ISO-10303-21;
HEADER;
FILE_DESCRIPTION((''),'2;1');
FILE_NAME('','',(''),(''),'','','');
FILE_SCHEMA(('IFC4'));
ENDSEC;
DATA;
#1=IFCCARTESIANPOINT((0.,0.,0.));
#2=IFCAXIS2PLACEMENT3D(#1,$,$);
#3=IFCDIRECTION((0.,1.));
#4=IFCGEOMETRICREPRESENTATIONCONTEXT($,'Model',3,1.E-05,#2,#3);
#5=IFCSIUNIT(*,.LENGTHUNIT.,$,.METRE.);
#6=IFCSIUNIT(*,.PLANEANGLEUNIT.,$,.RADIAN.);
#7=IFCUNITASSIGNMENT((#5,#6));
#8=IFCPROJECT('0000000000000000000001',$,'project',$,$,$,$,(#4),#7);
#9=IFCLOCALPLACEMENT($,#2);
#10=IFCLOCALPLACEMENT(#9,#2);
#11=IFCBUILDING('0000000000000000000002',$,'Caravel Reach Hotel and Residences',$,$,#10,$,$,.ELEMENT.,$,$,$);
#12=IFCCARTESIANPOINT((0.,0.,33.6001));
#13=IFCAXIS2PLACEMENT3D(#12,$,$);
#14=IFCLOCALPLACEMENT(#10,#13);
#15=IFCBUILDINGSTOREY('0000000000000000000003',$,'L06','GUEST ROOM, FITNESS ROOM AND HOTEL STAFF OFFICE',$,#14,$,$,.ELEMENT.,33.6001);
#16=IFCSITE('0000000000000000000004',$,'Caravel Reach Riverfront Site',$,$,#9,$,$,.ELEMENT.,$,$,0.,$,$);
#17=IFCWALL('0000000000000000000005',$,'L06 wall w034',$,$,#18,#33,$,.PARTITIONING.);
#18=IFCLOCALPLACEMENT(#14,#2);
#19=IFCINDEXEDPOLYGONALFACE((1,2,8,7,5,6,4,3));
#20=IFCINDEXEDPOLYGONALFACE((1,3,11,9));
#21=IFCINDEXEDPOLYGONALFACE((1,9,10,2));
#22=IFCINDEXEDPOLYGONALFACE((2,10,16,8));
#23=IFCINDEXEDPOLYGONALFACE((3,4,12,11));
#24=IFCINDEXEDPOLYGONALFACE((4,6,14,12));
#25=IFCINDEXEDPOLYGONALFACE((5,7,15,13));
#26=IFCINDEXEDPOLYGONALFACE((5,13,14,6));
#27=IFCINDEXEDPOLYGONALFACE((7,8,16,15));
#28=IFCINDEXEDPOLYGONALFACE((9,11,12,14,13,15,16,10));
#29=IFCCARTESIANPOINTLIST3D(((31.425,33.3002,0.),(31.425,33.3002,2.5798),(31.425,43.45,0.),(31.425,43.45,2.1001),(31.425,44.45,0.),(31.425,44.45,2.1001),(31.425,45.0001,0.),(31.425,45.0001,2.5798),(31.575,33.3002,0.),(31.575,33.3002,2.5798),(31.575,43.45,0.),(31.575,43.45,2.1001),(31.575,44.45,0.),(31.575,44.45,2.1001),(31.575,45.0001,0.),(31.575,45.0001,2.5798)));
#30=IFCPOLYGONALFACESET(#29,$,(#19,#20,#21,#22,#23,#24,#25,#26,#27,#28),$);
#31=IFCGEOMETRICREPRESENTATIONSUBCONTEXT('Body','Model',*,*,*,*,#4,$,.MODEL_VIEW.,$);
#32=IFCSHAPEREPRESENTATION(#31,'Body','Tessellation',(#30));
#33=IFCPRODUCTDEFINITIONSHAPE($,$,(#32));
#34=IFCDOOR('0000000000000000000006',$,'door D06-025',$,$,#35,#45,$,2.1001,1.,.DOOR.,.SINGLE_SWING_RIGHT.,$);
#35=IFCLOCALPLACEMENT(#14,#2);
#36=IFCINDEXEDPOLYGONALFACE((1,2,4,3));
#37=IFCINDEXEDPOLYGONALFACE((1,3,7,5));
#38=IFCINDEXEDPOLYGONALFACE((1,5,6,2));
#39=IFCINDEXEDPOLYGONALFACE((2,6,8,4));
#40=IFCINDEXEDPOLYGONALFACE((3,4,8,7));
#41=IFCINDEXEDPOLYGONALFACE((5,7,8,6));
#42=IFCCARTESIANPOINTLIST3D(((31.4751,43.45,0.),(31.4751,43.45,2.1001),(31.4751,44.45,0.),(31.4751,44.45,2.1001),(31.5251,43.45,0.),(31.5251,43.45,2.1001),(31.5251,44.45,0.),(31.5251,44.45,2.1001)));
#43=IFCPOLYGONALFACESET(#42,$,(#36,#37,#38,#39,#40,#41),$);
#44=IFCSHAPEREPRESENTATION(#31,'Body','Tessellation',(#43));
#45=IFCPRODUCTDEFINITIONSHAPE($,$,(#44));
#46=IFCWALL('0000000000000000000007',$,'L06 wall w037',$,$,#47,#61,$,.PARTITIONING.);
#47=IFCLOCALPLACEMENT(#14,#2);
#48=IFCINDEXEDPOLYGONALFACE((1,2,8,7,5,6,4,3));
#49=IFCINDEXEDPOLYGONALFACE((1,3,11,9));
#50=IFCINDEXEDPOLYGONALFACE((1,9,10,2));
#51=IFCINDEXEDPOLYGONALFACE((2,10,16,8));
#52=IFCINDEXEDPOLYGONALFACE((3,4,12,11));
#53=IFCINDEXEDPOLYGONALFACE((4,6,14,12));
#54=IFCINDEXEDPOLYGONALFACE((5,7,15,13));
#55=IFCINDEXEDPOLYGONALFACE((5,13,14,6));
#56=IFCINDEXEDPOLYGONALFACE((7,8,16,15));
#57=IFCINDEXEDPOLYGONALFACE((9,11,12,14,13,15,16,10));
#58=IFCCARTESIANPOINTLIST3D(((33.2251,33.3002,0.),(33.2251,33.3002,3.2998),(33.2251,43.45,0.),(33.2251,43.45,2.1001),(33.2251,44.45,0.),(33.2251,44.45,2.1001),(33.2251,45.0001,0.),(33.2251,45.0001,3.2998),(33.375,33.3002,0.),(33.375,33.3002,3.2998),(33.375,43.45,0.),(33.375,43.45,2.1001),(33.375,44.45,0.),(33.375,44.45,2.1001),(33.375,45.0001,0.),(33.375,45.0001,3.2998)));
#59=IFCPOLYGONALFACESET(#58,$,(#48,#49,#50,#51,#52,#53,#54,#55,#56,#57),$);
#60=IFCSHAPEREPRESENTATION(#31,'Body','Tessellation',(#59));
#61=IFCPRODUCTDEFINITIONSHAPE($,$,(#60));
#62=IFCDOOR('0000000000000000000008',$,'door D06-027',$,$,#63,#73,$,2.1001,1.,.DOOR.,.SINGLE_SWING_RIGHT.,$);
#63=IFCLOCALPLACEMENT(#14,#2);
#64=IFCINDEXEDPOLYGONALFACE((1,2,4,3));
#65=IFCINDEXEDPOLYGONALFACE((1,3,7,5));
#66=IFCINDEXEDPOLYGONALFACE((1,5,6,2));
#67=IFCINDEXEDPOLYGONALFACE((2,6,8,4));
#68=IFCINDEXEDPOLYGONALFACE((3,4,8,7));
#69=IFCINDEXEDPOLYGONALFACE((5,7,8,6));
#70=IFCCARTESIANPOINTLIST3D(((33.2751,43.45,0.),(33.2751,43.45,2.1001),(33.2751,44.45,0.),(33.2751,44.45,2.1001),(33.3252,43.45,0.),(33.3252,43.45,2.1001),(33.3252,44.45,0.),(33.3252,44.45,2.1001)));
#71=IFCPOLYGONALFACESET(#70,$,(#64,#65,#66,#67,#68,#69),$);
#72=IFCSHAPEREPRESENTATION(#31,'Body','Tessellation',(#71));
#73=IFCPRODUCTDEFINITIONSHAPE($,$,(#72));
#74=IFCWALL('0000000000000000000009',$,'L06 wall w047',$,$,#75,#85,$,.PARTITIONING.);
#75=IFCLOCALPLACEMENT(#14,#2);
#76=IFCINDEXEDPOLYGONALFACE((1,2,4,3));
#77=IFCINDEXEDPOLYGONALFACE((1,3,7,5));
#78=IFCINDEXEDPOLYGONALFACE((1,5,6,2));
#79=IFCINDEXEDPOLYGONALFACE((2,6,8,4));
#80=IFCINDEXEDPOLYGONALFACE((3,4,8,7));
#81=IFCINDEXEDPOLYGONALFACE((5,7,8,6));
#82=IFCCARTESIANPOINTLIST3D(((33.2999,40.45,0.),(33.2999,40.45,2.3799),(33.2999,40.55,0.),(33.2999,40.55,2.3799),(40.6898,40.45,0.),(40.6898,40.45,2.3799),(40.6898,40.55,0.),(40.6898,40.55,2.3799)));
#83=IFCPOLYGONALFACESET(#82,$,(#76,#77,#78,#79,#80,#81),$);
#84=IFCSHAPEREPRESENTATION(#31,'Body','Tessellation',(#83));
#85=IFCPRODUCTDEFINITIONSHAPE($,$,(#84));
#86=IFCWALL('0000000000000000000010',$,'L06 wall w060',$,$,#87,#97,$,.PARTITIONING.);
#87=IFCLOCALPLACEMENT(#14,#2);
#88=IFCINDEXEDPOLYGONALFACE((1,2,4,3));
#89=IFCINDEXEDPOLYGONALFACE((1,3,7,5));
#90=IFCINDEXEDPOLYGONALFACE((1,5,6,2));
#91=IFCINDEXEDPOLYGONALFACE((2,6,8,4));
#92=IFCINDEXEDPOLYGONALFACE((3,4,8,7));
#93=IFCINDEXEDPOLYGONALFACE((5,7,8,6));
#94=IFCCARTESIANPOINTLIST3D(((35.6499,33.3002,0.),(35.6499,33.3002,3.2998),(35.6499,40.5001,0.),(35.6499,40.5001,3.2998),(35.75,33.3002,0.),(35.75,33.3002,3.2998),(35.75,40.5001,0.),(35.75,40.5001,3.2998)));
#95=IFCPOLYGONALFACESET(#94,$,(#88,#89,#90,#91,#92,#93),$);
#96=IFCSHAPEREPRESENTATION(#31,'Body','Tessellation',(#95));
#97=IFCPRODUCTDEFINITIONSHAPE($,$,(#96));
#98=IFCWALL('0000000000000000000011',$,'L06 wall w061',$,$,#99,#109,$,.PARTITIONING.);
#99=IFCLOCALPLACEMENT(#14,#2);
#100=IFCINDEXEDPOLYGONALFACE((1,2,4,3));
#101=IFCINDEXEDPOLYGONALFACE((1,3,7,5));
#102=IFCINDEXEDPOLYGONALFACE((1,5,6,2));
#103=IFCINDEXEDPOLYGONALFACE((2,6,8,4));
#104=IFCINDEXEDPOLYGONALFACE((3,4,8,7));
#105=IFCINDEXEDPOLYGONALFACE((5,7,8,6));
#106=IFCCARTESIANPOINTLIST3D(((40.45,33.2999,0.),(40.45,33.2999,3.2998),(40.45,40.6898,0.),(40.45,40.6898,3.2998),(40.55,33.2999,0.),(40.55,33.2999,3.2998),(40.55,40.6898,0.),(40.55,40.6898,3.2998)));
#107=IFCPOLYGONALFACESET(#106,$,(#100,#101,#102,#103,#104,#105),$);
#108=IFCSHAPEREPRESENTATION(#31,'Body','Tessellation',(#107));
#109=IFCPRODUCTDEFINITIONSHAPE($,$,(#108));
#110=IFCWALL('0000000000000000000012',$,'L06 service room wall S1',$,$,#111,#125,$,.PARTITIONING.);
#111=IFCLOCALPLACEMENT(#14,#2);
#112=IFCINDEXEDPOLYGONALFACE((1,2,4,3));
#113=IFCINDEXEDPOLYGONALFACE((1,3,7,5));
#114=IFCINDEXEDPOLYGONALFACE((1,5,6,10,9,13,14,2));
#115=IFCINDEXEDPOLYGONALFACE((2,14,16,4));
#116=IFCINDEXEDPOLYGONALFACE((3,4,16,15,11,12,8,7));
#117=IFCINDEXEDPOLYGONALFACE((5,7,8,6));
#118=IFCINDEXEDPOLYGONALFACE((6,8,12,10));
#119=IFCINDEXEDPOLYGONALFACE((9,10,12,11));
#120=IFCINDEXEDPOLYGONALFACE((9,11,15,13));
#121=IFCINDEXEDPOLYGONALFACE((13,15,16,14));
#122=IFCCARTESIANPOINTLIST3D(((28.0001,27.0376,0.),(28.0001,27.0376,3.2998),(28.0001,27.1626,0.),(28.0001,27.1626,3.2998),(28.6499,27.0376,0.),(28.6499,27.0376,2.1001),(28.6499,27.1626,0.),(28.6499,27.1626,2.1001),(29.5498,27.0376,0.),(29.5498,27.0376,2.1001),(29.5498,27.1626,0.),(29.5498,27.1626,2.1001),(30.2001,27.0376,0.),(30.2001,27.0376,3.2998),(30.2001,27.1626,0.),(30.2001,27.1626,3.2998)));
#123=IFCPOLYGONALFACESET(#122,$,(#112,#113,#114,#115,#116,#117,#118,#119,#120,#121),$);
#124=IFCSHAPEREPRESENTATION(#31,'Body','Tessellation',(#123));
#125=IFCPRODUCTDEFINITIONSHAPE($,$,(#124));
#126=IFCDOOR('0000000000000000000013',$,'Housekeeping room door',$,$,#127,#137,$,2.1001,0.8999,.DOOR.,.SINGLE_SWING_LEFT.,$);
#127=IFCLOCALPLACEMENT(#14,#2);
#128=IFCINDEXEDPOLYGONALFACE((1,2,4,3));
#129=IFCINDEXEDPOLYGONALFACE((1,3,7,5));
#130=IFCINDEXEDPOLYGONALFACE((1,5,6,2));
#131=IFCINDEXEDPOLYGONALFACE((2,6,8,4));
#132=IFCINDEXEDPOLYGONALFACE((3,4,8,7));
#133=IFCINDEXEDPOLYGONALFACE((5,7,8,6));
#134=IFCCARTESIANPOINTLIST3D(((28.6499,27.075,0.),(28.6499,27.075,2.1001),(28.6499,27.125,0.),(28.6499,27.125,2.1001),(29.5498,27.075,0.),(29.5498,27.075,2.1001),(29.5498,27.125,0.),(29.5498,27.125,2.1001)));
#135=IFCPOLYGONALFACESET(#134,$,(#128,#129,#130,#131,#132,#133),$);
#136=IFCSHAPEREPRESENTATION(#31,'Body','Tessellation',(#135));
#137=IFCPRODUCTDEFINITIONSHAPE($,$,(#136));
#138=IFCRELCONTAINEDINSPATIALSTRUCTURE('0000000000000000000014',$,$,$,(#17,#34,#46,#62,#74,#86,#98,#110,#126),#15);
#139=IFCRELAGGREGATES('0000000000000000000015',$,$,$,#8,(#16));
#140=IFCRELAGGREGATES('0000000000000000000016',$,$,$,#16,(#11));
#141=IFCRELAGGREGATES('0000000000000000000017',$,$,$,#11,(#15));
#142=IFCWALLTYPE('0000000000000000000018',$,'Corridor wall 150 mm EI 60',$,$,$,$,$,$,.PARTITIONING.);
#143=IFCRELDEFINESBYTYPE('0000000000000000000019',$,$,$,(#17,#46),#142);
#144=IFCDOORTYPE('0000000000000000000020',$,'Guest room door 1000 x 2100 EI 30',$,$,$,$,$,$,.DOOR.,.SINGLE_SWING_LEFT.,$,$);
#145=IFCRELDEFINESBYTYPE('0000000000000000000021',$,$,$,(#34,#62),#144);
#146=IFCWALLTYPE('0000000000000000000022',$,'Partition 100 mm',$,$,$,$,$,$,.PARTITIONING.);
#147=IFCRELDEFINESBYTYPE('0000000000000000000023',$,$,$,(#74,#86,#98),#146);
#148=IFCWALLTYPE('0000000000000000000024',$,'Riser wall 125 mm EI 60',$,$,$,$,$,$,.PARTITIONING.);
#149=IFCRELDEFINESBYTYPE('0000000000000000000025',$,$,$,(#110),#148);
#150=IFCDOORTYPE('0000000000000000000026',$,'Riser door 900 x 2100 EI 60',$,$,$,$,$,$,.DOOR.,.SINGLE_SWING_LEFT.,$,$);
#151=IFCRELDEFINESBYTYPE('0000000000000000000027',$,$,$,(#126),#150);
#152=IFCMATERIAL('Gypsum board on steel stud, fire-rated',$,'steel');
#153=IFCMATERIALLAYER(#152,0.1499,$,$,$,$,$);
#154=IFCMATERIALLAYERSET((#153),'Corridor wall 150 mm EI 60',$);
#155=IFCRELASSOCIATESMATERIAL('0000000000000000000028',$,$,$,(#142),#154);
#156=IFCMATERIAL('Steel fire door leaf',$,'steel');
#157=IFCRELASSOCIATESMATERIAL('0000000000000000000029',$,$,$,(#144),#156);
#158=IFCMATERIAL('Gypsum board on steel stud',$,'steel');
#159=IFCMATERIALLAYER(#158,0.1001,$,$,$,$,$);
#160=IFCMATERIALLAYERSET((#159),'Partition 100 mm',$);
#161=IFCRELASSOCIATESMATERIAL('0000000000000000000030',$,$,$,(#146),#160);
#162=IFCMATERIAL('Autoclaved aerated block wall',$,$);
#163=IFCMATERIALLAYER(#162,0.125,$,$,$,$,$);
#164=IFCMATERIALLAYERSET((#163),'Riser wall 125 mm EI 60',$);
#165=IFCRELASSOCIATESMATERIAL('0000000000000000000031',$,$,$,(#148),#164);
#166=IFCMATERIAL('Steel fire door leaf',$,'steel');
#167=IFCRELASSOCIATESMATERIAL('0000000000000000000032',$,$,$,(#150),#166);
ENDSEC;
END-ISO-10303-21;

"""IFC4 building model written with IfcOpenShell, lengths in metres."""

from ifc_helpers import new_model, si_unit, direction, frame, frame_2d, origin, place, context, subcontext, project, spatial, rectangle, extrude, material, layer, layer_set, type_object, element, fill, save


model = new_model("IFC4")

# Units and contexts
model_context = context("Model", 3, precision=1e-05, world=origin(), true_north=direction((0.0, 1.0)))
body_context = subcontext(model_context, "Body", "Model", "MODEL_VIEW")
ifc_project = project(units=[si_unit("LENGTHUNIT", "METRE"), si_unit("PLANEANGLEUNIT", "RADIAN")], contexts=[model_context])

# Site, building, storey
site_placement = place(None, origin())
site = spatial("IfcSite", under=ifc_project, at=site_placement, Name="Caravel Reach Riverfront Site", CompositionType="ELEMENT", RefElevation=0.0)
building_placement = place(site_placement, origin())
building = spatial("IfcBuilding", under=site, at=building_placement, Name="Caravel Reach Hotel and Residences", CompositionType="ELEMENT")
storey_placement = place(building_placement, frame((0.0, 0.0, 33.6001)))
storey = spatial("IfcBuildingStorey", under=building, at=storey_placement, Name="L06", Description="GUEST ROOM, FITNESS ROOM AND HOTEL STAFF OFFICE", CompositionType="ELEMENT", Elevation=33.6001)

# Shared definitions
ifc_material_1 = material(Name="Gypsum board on steel stud, fire-rated", Category="steel")
ifc_layer_1 = layer(ifc_material_1, 0.1499)
ifc_layer_set_1 = layer_set([ifc_layer_1], Name="Corridor wall 150 mm EI 60")
wall_type_1 = type_object("IfcWallType", Name="Corridor wall 150 mm EI 60", PredefinedType="PARTITIONING", material=ifc_layer_set_1)
ifc_material_2 = material(Name="Steel fire door leaf", Category="steel")
door_type_1 = type_object("IfcDoorType", Name="Guest room door 1000 x 2100 EI 30", OperationType="SINGLE_SWING_LEFT", PredefinedType="DOOR", material=ifc_material_2)

# Walls, openings, doors
wall_1_placement = place(storey_placement, frame((31.5, 33.3, 0.0), z_axis=(0.0, 0.0, 1.0), x_axis=(0.0, 1.0, 0.0)))
wall_1 = element("IfcWall", 1, at=wall_1_placement, inside=storey, type_object=wall_type_1, Name="L06 wall w034", PredefinedType="PARTITIONING", context=body_context, shape_type="SweptSolid", body=[
    extrude(rectangle(XDim=11.7, YDim=0.1499, at=frame_2d((5.8501, 0.0))), origin(), (0.0, 0.0, 1.0), 2.5798),
])
opening_1_placement = place(wall_1_placement, frame((10.1499, 0.0, 0.0)))
opening_1 = element("IfcOpeningElement", 2, at=opening_1_placement, cuts=wall_1, PredefinedType="OPENING", context=body_context, shape_type="SweptSolid", body=[
    extrude(rectangle(XDim=1.0, YDim=2.1001, at=frame_2d((0.5, 1.05))), frame((0.0, 0.085, 0.0), z_axis=(0.0, -1.0, 0.0), x_axis=(1.0, 0.0, 0.0)), (0.0, 0.0, 1.0), 0.1699),
])
door_1_placement = place(opening_1_placement, origin())
door_1 = element("IfcDoor", 3, at=door_1_placement, inside=storey, type_object=door_type_1, Name="door D06-025", OperationType="SINGLE_SWING_RIGHT", OverallHeight=2.1001, OverallWidth=1.0, PredefinedType="DOOR", context=body_context, shape_type="SweptSolid", body=[
    extrude(rectangle(XDim=1.0, YDim=2.1001, at=frame_2d((0.5, 1.05))), frame((0.0, 0.0249, 0.0), z_axis=(0.0, -1.0, 0.0), x_axis=(1.0, 0.0, 0.0)), (0.0, 0.0, 1.0), 0.05),
])
fill(opening_1, door_1)
wall_2_placement = place(storey_placement, frame((33.3, 33.3, 0.0), z_axis=(0.0, 0.0, 1.0), x_axis=(0.0, 1.0, 0.0)))
wall_2 = element("IfcWall", 4, at=wall_2_placement, inside=storey, type_object=wall_type_1, Name="L06 wall w037", PredefinedType="PARTITIONING", context=body_context, shape_type="SweptSolid", body=[
    extrude(rectangle(XDim=11.7, YDim=0.1499, at=frame_2d((5.8501, 0.0))), origin(), (0.0, 0.0, 1.0), 3.2998),
])
opening_2_placement = place(wall_2_placement, frame((10.1499, 0.0, 0.0)))
opening_2 = element("IfcOpeningElement", 5, at=opening_2_placement, cuts=wall_2, PredefinedType="OPENING", context=body_context, shape_type="SweptSolid", body=[
    extrude(rectangle(XDim=1.0, YDim=2.1001, at=frame_2d((0.5, 1.05))), frame((0.0, 0.085, 0.0), z_axis=(0.0, -1.0, 0.0), x_axis=(1.0, 0.0, 0.0)), (0.0, 0.0, 1.0), 0.1699),
])
door_2_placement = place(opening_2_placement, origin())
door_2 = element("IfcDoor", 6, at=door_2_placement, inside=storey, type_object=door_type_1, Name="door D06-027", OperationType="SINGLE_SWING_RIGHT", OverallHeight=2.1001, OverallWidth=1.0, PredefinedType="DOOR", context=body_context, shape_type="SweptSolid", body=[
    extrude(rectangle(XDim=1.0, YDim=2.1001, at=frame_2d((0.5, 1.05))), frame((0.0, 0.0249, 0.0), z_axis=(0.0, -1.0, 0.0), x_axis=(1.0, 0.0, 0.0)), (0.0, 0.0, 1.0), 0.05),
])
fill(opening_2, door_2)

# Walls
ifc_material_3 = material(Name="Gypsum board on steel stud", Category="steel")
ifc_layer_2 = layer(ifc_material_3, 0.1001)
ifc_layer_set_2 = layer_set([ifc_layer_2], Name="Partition 100 mm")
wall_type_2 = type_object("IfcWallType", Name="Partition 100 mm", PredefinedType="PARTITIONING", material=ifc_layer_set_2)
wall_3_placement = place(storey_placement, frame((33.3, 40.5, 0.0), z_axis=(0.0, 0.0, 1.0), x_axis=(1.0, 0.0, 0.0)))
element("IfcWall", 7, at=wall_3_placement, inside=storey, type_object=wall_type_2, Name="L06 wall w047", PredefinedType="PARTITIONING", context=body_context, shape_type="SweptSolid", body=[
    extrude(rectangle(XDim=7.3899, YDim=0.1001, at=frame_2d((3.6948, 0.0))), origin(), (0.0, 0.0, 1.0), 2.3799),
])
wall_4_placement = place(storey_placement, frame((35.7, 33.3, 0.0), z_axis=(0.0, 0.0, 1.0), x_axis=(0.0, 1.0, 0.0)))
element("IfcWall", 8, at=wall_4_placement, inside=storey, type_object=wall_type_2, Name="L06 wall w060", PredefinedType="PARTITIONING", context=body_context, shape_type="SweptSolid", body=[
    extrude(rectangle(XDim=7.2, YDim=0.1001, at=frame_2d((3.6001, 0.0))), origin(), (0.0, 0.0, 1.0), 3.2998),
])
wall_5_placement = place(storey_placement, frame((40.5, 33.3, 0.0), z_axis=(0.0, 0.0, 1.0), x_axis=(0.0, 1.0, 0.0)))
element("IfcWall", 9, at=wall_5_placement, inside=storey, type_object=wall_type_2, Name="L06 wall w061", PredefinedType="PARTITIONING", context=body_context, shape_type="SweptSolid", body=[
    extrude(rectangle(XDim=7.3899, YDim=0.1001, at=frame_2d((3.6948, 0.0))), origin(), (0.0, 0.0, 1.0), 3.2998),
])

# Wall, opening, door
ifc_material_4 = material(Name="Autoclaved aerated block wall")
ifc_layer_3 = layer(ifc_material_4, 0.125)
ifc_layer_set_3 = layer_set([ifc_layer_3], Name="Riser wall 125 mm EI 60")
wall_type_3 = type_object("IfcWallType", Name="Riser wall 125 mm EI 60", PredefinedType="PARTITIONING", material=ifc_layer_set_3)
wall_6_placement = place(storey_placement, frame((28.0, 27.1001, 0.0), z_axis=(0.0, 0.0, 1.0), x_axis=(1.0, 0.0, 0.0)))
wall_6 = element("IfcWall", 10, at=wall_6_placement, inside=storey, type_object=wall_type_3, Name="L06 service room wall S1", PredefinedType="PARTITIONING", context=body_context, shape_type="SweptSolid", body=[
    extrude(rectangle(XDim=2.2, YDim=0.125, at=frame_2d((1.1001, 0.0))), origin(), (0.0, 0.0, 1.0), 3.2998),
])
opening_3_placement = place(wall_6_placement, frame((0.6499, 0.0, 0.0)))
opening_3 = element("IfcOpeningElement", 11, at=opening_3_placement, cuts=wall_6, PredefinedType="OPENING", context=body_context, shape_type="SweptSolid", body=[
    extrude(rectangle(XDim=0.8999, YDim=2.1001, at=frame_2d((0.45, 1.05))), frame((0.0, 0.0725, 0.0), z_axis=(0.0, -1.0, 0.0), x_axis=(1.0, 0.0, 0.0)), (0.0, 0.0, 1.0), 0.145),
])
ifc_material_5 = material(Name="Steel fire door leaf", Category="steel")
door_type_2 = type_object("IfcDoorType", Name="Riser door 900 x 2100 EI 60", OperationType="SINGLE_SWING_LEFT", PredefinedType="DOOR", material=ifc_material_5)
door_3_placement = place(opening_3_placement, origin())
door_3 = element("IfcDoor", 12, at=door_3_placement, inside=storey, type_object=door_type_2, Name="Housekeeping room door", OperationType="SINGLE_SWING_LEFT", OverallHeight=2.1001, OverallWidth=0.8999, PredefinedType="DOOR", context=body_context, shape_type="SweptSolid", body=[
    extrude(rectangle(XDim=0.8999, YDim=2.1001, at=frame_2d((0.45, 1.05))), frame((0.0, 0.0249, 0.0), z_axis=(0.0, -1.0, 0.0), x_axis=(1.0, 0.0, 0.0)), (0.0, 0.0, 1.0), 0.05),
])
fill(opening_3, door_3)

save(model, "model.ifc")
